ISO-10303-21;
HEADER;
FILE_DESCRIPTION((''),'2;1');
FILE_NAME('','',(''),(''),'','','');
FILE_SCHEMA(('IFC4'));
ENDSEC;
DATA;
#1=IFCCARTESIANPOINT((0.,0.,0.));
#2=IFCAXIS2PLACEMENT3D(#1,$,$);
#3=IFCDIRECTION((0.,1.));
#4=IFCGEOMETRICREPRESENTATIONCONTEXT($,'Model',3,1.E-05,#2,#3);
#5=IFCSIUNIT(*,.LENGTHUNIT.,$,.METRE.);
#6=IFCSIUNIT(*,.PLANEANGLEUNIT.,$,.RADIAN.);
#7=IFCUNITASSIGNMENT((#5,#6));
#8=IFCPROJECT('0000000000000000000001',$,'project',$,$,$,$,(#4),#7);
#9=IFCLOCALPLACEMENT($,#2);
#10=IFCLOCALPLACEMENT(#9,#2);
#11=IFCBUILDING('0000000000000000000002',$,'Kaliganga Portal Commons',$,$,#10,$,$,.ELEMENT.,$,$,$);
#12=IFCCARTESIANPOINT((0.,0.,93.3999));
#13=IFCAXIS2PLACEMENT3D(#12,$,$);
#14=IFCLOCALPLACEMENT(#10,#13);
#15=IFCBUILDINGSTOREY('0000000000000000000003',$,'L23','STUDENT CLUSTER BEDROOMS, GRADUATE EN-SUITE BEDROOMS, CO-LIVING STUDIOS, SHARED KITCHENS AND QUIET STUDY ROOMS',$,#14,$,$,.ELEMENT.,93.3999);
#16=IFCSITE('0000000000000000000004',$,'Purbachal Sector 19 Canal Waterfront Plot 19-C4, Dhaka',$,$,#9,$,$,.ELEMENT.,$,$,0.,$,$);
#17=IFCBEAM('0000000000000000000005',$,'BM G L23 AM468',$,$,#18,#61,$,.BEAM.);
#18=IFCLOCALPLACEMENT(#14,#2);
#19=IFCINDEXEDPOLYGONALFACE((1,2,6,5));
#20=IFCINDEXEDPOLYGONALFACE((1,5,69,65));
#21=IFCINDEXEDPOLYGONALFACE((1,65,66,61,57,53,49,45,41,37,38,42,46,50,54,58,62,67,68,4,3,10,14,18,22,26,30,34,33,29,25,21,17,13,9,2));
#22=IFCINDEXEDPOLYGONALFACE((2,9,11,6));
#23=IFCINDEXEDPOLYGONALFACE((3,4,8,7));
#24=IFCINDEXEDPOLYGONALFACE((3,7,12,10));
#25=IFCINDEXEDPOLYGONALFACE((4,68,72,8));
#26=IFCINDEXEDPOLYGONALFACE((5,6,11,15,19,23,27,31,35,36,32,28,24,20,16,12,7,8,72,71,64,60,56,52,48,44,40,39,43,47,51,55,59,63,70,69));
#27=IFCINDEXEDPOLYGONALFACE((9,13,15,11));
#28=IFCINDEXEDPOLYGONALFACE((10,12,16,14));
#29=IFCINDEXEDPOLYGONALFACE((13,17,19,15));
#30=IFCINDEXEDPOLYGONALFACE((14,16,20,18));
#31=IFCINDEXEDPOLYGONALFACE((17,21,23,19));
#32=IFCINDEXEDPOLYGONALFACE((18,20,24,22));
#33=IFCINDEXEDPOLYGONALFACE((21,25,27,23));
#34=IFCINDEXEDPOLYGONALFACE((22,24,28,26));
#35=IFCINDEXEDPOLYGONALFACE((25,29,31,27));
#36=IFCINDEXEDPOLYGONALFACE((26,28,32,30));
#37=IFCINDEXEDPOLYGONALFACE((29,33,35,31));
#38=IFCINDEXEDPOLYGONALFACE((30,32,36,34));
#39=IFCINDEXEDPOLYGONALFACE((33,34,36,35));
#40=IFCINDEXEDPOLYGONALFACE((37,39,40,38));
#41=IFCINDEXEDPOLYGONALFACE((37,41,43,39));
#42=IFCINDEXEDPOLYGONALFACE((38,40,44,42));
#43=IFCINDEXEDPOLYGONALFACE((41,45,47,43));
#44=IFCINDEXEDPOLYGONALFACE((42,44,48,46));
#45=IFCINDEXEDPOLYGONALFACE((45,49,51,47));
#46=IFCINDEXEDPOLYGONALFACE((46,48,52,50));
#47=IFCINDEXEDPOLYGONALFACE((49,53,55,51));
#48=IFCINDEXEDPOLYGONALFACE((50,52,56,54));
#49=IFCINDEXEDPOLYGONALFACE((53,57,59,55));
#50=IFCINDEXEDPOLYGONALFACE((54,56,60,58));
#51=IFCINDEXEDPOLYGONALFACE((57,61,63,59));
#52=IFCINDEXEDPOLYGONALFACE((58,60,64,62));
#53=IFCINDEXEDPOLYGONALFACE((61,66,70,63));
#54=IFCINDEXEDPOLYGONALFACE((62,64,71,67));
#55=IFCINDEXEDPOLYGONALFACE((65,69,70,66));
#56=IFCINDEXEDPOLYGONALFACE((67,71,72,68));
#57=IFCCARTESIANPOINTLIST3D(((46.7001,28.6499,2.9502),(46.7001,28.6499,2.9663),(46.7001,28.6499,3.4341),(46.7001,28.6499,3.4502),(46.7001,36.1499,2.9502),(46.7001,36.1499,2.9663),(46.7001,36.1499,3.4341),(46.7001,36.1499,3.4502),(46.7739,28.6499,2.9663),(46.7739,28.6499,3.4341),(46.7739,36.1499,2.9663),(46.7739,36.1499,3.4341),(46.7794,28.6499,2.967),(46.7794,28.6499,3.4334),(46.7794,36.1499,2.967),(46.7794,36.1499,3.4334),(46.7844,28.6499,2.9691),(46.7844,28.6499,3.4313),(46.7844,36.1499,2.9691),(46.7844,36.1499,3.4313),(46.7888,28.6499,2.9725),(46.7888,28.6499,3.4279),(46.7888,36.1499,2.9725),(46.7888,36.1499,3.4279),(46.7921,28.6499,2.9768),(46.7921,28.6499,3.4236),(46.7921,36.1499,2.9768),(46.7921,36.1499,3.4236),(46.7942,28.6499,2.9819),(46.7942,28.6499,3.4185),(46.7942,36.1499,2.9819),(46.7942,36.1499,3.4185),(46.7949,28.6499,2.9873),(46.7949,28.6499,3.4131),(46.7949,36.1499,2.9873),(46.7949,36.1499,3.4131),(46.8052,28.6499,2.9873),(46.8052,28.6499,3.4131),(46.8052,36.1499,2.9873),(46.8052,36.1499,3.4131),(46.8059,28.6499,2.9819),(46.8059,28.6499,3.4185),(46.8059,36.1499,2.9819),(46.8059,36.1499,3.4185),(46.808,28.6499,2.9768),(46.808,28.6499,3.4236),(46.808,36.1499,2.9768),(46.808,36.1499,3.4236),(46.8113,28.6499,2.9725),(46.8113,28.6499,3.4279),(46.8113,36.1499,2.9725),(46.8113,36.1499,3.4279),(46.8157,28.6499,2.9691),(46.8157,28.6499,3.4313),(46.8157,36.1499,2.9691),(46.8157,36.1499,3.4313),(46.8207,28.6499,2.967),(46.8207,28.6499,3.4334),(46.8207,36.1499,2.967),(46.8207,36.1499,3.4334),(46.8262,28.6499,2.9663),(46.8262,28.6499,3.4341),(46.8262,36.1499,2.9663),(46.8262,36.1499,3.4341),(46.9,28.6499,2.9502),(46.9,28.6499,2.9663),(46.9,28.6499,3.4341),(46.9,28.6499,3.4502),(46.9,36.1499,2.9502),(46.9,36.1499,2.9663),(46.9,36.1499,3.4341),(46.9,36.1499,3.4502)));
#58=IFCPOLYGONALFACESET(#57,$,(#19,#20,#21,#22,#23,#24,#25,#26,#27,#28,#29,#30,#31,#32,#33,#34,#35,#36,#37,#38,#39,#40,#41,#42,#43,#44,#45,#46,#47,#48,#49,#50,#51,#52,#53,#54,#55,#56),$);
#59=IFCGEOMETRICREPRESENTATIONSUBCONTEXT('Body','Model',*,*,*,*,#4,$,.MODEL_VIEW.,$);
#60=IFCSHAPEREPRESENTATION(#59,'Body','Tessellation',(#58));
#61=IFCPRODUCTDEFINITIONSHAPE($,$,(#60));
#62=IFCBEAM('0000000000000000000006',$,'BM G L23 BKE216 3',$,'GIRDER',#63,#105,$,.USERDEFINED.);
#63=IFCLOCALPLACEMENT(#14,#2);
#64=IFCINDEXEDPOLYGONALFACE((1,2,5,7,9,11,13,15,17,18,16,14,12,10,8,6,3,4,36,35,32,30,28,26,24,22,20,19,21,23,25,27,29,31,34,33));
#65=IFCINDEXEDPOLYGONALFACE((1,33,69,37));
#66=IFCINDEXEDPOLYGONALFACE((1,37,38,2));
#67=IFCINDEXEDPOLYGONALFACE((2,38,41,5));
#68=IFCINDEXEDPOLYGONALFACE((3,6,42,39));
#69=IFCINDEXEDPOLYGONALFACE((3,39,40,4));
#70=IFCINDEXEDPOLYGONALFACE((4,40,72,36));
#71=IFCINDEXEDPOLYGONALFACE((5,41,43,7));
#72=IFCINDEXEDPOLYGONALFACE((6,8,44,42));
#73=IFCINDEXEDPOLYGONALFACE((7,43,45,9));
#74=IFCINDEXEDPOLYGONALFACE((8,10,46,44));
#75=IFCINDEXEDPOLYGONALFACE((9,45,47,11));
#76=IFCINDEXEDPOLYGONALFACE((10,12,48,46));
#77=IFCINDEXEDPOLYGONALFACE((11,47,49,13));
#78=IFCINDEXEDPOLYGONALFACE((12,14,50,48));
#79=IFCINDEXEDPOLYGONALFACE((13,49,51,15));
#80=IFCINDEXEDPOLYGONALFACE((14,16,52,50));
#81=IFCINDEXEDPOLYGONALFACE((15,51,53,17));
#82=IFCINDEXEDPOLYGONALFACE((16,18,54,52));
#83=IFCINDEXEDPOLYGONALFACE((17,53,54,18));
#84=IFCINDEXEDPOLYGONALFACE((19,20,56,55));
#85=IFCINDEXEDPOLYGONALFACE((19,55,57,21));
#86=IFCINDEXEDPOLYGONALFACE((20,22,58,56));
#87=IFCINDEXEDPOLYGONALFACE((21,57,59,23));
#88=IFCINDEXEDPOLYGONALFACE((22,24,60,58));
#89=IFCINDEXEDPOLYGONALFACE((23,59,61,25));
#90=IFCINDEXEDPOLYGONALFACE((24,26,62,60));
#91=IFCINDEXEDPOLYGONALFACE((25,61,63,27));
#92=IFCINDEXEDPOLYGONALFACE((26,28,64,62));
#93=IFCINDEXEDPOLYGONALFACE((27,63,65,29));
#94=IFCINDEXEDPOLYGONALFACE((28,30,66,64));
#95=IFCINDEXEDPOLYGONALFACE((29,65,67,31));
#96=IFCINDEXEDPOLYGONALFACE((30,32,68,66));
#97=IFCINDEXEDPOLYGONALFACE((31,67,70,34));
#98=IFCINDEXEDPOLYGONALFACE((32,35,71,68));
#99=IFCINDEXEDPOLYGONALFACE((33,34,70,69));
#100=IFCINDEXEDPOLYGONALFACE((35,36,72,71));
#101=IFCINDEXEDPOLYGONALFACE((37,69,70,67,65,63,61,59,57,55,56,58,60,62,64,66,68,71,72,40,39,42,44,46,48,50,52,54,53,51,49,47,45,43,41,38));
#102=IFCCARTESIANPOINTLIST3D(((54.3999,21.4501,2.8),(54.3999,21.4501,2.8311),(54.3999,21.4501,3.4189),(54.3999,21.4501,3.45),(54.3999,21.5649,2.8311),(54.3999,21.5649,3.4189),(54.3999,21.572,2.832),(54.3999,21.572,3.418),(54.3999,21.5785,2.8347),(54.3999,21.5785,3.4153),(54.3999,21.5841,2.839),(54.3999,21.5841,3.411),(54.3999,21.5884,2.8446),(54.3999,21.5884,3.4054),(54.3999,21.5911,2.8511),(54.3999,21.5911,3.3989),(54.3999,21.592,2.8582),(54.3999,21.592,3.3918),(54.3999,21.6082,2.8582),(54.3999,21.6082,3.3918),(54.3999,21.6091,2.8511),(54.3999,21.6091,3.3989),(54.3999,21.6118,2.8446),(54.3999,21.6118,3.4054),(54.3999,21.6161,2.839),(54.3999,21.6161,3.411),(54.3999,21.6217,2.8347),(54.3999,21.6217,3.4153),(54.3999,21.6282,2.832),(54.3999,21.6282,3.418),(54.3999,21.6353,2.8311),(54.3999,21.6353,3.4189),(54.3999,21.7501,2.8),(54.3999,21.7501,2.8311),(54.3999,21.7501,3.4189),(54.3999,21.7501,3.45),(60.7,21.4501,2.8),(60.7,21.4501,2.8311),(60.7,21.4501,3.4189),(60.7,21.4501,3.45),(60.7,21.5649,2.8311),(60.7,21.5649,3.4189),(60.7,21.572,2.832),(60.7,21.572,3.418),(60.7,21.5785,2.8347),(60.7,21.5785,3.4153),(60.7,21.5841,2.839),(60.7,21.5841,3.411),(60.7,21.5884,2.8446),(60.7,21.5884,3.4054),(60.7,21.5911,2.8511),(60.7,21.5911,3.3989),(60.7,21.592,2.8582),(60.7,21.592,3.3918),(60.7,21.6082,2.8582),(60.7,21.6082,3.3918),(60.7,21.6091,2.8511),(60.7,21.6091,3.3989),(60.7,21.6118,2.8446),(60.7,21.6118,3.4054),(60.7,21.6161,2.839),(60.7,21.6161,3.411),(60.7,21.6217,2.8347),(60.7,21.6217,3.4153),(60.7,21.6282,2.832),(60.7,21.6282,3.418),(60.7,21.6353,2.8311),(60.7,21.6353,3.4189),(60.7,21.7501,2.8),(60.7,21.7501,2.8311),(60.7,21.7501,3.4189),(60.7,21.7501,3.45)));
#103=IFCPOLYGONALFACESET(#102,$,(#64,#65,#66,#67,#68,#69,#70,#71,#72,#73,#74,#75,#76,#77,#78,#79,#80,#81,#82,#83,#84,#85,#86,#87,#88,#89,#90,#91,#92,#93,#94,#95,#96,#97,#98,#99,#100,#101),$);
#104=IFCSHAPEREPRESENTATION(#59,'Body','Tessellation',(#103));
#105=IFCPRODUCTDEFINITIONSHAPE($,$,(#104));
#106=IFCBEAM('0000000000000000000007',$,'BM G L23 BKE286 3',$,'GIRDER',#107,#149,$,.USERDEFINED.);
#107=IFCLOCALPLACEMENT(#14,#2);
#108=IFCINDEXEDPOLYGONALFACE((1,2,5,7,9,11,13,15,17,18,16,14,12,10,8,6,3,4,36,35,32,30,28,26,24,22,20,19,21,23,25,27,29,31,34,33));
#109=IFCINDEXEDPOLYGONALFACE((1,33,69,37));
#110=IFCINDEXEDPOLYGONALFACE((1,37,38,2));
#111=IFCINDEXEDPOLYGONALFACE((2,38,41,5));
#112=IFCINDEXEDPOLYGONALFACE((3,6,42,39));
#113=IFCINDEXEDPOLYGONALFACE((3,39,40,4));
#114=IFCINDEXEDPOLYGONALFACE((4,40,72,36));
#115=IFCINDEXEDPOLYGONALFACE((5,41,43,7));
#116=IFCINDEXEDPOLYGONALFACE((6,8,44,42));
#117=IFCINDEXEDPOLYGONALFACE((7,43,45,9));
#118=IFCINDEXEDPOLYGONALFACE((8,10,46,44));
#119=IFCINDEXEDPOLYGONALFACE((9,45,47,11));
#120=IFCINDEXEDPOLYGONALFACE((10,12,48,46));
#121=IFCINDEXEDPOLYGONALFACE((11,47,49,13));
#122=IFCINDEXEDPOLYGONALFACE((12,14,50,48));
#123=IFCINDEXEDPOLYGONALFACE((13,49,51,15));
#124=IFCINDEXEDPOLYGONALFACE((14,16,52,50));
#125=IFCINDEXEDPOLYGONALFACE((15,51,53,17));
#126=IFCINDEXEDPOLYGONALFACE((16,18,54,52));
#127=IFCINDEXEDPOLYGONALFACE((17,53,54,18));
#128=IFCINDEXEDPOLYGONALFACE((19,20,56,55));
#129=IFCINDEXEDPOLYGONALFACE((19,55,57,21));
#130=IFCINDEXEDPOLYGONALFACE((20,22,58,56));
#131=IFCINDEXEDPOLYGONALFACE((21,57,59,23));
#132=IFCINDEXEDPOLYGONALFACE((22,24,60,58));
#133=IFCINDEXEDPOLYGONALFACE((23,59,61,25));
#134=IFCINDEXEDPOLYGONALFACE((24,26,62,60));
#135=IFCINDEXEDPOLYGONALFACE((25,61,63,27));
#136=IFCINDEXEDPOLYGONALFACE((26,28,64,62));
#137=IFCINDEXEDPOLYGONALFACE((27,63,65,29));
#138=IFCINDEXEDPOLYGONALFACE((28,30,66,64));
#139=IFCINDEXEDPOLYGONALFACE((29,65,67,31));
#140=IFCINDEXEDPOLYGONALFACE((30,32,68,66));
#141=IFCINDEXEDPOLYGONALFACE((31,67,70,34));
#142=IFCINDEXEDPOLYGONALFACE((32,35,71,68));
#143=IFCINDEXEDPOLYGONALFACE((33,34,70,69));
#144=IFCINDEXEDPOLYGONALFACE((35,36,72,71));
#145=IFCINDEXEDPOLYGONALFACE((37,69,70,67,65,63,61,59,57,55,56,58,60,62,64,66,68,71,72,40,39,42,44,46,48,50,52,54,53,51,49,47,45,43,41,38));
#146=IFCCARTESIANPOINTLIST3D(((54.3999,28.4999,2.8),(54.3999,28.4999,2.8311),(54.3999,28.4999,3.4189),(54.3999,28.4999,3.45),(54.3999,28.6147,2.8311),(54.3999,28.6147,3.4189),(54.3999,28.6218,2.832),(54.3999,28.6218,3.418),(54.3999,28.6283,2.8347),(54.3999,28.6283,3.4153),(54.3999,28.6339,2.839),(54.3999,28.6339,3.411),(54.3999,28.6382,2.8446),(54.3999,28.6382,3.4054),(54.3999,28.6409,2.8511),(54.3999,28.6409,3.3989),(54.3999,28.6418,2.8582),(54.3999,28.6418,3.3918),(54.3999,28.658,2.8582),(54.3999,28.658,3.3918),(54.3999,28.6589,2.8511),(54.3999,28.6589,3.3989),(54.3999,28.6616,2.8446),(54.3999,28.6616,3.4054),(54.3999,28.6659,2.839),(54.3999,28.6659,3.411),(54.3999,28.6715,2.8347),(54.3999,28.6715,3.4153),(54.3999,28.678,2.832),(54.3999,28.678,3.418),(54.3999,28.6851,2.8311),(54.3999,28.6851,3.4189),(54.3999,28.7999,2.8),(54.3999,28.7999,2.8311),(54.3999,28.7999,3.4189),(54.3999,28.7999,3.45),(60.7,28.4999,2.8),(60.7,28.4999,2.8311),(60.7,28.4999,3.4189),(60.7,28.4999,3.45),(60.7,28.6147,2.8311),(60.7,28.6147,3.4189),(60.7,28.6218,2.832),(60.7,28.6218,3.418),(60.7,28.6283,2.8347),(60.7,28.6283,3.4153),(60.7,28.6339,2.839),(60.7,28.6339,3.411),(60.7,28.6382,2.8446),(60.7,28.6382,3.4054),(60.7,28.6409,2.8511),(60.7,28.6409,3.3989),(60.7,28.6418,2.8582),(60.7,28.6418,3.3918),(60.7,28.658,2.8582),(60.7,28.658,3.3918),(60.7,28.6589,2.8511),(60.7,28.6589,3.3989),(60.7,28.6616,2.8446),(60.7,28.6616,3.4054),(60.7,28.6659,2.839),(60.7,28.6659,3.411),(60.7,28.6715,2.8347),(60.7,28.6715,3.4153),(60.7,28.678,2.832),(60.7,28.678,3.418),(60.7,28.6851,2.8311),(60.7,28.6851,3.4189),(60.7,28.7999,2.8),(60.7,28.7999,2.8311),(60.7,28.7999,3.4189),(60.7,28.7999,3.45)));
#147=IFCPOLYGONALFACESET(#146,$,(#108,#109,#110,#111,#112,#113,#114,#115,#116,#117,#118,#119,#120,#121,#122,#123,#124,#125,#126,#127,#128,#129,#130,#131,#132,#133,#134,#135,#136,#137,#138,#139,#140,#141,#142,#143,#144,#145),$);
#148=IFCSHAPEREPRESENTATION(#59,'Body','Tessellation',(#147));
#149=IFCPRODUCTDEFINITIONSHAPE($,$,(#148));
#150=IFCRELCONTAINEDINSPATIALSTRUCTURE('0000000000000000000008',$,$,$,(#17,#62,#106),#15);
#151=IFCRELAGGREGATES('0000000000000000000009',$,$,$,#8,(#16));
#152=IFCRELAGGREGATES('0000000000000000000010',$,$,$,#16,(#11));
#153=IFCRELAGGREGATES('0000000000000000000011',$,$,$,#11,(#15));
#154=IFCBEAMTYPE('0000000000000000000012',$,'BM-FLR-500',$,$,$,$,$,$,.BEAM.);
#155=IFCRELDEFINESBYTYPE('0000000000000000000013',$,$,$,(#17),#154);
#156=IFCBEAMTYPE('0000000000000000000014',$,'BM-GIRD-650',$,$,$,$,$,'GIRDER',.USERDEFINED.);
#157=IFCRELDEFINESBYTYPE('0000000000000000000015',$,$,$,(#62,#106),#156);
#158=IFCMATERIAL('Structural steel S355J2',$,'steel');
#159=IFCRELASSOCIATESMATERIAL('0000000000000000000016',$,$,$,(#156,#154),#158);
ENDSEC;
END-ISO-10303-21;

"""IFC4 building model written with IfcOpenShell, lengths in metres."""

from ifc_helpers import new_model, si_unit, direction, frame, origin, origin_2d, place, context, subcontext, project, spatial, i_section, extrude, source, transform, mapped, material, material_profile, profile_set, type_object, element, save


model = new_model("IFC4")

# Units and contexts
model_context = context("Model", 3, precision=1e-05, world=origin(), true_north=direction((0.0, 1.0)))
body_context = subcontext(model_context, "Body", "Model", "MODEL_VIEW")
ifc_project = project(units=[si_unit("LENGTHUNIT", "METRE"), si_unit("PLANEANGLEUNIT", "RADIAN")], contexts=[model_context])

# Site, building, storey
site_placement = place(None, origin())
site = spatial("IfcSite", under=ifc_project, at=site_placement, Name="Purbachal Sector 19 Canal Waterfront Plot 19-C4, Dhaka", CompositionType="ELEMENT", RefElevation=0.0)
building_placement = place(site_placement, origin())
building = spatial("IfcBuilding", under=site, at=building_placement, Name="Kaliganga Portal Commons", CompositionType="ELEMENT")
storey_placement = place(building_placement, frame((0.0, 0.0, 93.3999)))
storey = spatial("IfcBuildingStorey", under=building, at=storey_placement, Name="L23", Description="STUDENT CLUSTER BEDROOMS, GRADUATE EN-SUITE BEDROOMS, CO-LIVING STUDIOS, SHARED KITCHENS AND QUIET STUDY ROOMS", CompositionType="ELEMENT", Elevation=93.3999)

# Beams
ifc_material_1 = material(Name="Structural steel S355J2", Category="steel")
ifc_material_profile_1 = material_profile(ifc_material_1, i_section(OverallWidth=0.3, OverallDepth=0.6499, WebThickness=0.0161, FlangeThickness=0.031, FilletRadius=0.0271, at=origin_2d()), Name="HE 650 B")
ifc_profile_set_1 = profile_set([ifc_material_profile_1], Name="Structural steel S355J2 wide-flange")
beam_type_1 = type_object("IfcBeamType", Name="BM-GIRD-650", ElementType="GIRDER", PredefinedType="USERDEFINED", material=ifc_profile_set_1)
ifc_material_profile_2 = material_profile(ifc_material_1, i_section(OverallWidth=0.2, OverallDepth=0.5, WebThickness=0.0103, FlangeThickness=0.0161, FilletRadius=0.021, at=origin_2d()), Name="IPE 500")
ifc_profile_set_2 = profile_set([ifc_material_profile_2], Name="Structural steel S355J2 wide-flange")
beam_type_2 = type_object("IfcBeamType", Name="BM-FLR-500", PredefinedType="BEAM", material=ifc_profile_set_2)
shared_shape_1 = source(origin(), body_context, "Body", "SweptSolid", [
    extrude(i_section(OverallWidth=0.2, OverallDepth=0.5, WebThickness=0.0103, FlangeThickness=0.0161, FilletRadius=0.021, at=origin_2d()), origin(), (0.0, 0.0, 1.0), 7.5),
])
beam_1_placement = place(storey_placement, frame((46.8, 28.6499, 3.2002), z_axis=(0.0, 1.0, 0.0), x_axis=(-1.0, 0.0, 0.0)))
element("IfcBeam", 1, at=beam_1_placement, inside=storey, type_object=beam_type_2, Name="BM G L23 AM468", PredefinedType="BEAM", context=body_context, shape_type="MappedRepresentation", body=[
    mapped(shared_shape_1, transform((0.0, 0.0, 0.0), x_axis=(1.0, 0.0, 0.0), y_axis=(0.0, 1.0, 0.0), z_axis=(0.0, 0.0, 1.0), scale=1.0)),
])
shared_shape_2 = source(origin(), body_context, "Body", "SweptSolid", [
    extrude(i_section(OverallWidth=0.3, OverallDepth=0.6499, WebThickness=0.0161, FlangeThickness=0.031, FilletRadius=0.0271, at=origin_2d()), origin(), (0.0, 0.0, 1.0), 6.3),
])
for number, where, z_axis, x_axis, name in (
    (2, (54.3999, 21.6001, 3.125), (1.0, 0.0, 0.0), (0.0, 1.0, 0.0), "BM G L23 BKE216 3"),
    (3, (54.3999, 28.6499, 3.125), (1.0, 0.0, 0.0), (0.0, 1.0, 0.0), "BM G L23 BKE286 3"),
):
    element("IfcBeam", number, at=place(storey_placement, frame(where, z_axis=z_axis, x_axis=x_axis)), inside=storey, type_object=beam_type_1, Name=name, ObjectType="GIRDER", PredefinedType="USERDEFINED", context=body_context, shape_type="MappedRepresentation", body=[
        mapped(shared_shape_2, transform((0.0, 0.0, 0.0), x_axis=(1.0, 0.0, 0.0), y_axis=(0.0, 1.0, 0.0), z_axis=(0.0, 0.0, 1.0), scale=1.0)),
    ])

save(model, "model.ifc")
